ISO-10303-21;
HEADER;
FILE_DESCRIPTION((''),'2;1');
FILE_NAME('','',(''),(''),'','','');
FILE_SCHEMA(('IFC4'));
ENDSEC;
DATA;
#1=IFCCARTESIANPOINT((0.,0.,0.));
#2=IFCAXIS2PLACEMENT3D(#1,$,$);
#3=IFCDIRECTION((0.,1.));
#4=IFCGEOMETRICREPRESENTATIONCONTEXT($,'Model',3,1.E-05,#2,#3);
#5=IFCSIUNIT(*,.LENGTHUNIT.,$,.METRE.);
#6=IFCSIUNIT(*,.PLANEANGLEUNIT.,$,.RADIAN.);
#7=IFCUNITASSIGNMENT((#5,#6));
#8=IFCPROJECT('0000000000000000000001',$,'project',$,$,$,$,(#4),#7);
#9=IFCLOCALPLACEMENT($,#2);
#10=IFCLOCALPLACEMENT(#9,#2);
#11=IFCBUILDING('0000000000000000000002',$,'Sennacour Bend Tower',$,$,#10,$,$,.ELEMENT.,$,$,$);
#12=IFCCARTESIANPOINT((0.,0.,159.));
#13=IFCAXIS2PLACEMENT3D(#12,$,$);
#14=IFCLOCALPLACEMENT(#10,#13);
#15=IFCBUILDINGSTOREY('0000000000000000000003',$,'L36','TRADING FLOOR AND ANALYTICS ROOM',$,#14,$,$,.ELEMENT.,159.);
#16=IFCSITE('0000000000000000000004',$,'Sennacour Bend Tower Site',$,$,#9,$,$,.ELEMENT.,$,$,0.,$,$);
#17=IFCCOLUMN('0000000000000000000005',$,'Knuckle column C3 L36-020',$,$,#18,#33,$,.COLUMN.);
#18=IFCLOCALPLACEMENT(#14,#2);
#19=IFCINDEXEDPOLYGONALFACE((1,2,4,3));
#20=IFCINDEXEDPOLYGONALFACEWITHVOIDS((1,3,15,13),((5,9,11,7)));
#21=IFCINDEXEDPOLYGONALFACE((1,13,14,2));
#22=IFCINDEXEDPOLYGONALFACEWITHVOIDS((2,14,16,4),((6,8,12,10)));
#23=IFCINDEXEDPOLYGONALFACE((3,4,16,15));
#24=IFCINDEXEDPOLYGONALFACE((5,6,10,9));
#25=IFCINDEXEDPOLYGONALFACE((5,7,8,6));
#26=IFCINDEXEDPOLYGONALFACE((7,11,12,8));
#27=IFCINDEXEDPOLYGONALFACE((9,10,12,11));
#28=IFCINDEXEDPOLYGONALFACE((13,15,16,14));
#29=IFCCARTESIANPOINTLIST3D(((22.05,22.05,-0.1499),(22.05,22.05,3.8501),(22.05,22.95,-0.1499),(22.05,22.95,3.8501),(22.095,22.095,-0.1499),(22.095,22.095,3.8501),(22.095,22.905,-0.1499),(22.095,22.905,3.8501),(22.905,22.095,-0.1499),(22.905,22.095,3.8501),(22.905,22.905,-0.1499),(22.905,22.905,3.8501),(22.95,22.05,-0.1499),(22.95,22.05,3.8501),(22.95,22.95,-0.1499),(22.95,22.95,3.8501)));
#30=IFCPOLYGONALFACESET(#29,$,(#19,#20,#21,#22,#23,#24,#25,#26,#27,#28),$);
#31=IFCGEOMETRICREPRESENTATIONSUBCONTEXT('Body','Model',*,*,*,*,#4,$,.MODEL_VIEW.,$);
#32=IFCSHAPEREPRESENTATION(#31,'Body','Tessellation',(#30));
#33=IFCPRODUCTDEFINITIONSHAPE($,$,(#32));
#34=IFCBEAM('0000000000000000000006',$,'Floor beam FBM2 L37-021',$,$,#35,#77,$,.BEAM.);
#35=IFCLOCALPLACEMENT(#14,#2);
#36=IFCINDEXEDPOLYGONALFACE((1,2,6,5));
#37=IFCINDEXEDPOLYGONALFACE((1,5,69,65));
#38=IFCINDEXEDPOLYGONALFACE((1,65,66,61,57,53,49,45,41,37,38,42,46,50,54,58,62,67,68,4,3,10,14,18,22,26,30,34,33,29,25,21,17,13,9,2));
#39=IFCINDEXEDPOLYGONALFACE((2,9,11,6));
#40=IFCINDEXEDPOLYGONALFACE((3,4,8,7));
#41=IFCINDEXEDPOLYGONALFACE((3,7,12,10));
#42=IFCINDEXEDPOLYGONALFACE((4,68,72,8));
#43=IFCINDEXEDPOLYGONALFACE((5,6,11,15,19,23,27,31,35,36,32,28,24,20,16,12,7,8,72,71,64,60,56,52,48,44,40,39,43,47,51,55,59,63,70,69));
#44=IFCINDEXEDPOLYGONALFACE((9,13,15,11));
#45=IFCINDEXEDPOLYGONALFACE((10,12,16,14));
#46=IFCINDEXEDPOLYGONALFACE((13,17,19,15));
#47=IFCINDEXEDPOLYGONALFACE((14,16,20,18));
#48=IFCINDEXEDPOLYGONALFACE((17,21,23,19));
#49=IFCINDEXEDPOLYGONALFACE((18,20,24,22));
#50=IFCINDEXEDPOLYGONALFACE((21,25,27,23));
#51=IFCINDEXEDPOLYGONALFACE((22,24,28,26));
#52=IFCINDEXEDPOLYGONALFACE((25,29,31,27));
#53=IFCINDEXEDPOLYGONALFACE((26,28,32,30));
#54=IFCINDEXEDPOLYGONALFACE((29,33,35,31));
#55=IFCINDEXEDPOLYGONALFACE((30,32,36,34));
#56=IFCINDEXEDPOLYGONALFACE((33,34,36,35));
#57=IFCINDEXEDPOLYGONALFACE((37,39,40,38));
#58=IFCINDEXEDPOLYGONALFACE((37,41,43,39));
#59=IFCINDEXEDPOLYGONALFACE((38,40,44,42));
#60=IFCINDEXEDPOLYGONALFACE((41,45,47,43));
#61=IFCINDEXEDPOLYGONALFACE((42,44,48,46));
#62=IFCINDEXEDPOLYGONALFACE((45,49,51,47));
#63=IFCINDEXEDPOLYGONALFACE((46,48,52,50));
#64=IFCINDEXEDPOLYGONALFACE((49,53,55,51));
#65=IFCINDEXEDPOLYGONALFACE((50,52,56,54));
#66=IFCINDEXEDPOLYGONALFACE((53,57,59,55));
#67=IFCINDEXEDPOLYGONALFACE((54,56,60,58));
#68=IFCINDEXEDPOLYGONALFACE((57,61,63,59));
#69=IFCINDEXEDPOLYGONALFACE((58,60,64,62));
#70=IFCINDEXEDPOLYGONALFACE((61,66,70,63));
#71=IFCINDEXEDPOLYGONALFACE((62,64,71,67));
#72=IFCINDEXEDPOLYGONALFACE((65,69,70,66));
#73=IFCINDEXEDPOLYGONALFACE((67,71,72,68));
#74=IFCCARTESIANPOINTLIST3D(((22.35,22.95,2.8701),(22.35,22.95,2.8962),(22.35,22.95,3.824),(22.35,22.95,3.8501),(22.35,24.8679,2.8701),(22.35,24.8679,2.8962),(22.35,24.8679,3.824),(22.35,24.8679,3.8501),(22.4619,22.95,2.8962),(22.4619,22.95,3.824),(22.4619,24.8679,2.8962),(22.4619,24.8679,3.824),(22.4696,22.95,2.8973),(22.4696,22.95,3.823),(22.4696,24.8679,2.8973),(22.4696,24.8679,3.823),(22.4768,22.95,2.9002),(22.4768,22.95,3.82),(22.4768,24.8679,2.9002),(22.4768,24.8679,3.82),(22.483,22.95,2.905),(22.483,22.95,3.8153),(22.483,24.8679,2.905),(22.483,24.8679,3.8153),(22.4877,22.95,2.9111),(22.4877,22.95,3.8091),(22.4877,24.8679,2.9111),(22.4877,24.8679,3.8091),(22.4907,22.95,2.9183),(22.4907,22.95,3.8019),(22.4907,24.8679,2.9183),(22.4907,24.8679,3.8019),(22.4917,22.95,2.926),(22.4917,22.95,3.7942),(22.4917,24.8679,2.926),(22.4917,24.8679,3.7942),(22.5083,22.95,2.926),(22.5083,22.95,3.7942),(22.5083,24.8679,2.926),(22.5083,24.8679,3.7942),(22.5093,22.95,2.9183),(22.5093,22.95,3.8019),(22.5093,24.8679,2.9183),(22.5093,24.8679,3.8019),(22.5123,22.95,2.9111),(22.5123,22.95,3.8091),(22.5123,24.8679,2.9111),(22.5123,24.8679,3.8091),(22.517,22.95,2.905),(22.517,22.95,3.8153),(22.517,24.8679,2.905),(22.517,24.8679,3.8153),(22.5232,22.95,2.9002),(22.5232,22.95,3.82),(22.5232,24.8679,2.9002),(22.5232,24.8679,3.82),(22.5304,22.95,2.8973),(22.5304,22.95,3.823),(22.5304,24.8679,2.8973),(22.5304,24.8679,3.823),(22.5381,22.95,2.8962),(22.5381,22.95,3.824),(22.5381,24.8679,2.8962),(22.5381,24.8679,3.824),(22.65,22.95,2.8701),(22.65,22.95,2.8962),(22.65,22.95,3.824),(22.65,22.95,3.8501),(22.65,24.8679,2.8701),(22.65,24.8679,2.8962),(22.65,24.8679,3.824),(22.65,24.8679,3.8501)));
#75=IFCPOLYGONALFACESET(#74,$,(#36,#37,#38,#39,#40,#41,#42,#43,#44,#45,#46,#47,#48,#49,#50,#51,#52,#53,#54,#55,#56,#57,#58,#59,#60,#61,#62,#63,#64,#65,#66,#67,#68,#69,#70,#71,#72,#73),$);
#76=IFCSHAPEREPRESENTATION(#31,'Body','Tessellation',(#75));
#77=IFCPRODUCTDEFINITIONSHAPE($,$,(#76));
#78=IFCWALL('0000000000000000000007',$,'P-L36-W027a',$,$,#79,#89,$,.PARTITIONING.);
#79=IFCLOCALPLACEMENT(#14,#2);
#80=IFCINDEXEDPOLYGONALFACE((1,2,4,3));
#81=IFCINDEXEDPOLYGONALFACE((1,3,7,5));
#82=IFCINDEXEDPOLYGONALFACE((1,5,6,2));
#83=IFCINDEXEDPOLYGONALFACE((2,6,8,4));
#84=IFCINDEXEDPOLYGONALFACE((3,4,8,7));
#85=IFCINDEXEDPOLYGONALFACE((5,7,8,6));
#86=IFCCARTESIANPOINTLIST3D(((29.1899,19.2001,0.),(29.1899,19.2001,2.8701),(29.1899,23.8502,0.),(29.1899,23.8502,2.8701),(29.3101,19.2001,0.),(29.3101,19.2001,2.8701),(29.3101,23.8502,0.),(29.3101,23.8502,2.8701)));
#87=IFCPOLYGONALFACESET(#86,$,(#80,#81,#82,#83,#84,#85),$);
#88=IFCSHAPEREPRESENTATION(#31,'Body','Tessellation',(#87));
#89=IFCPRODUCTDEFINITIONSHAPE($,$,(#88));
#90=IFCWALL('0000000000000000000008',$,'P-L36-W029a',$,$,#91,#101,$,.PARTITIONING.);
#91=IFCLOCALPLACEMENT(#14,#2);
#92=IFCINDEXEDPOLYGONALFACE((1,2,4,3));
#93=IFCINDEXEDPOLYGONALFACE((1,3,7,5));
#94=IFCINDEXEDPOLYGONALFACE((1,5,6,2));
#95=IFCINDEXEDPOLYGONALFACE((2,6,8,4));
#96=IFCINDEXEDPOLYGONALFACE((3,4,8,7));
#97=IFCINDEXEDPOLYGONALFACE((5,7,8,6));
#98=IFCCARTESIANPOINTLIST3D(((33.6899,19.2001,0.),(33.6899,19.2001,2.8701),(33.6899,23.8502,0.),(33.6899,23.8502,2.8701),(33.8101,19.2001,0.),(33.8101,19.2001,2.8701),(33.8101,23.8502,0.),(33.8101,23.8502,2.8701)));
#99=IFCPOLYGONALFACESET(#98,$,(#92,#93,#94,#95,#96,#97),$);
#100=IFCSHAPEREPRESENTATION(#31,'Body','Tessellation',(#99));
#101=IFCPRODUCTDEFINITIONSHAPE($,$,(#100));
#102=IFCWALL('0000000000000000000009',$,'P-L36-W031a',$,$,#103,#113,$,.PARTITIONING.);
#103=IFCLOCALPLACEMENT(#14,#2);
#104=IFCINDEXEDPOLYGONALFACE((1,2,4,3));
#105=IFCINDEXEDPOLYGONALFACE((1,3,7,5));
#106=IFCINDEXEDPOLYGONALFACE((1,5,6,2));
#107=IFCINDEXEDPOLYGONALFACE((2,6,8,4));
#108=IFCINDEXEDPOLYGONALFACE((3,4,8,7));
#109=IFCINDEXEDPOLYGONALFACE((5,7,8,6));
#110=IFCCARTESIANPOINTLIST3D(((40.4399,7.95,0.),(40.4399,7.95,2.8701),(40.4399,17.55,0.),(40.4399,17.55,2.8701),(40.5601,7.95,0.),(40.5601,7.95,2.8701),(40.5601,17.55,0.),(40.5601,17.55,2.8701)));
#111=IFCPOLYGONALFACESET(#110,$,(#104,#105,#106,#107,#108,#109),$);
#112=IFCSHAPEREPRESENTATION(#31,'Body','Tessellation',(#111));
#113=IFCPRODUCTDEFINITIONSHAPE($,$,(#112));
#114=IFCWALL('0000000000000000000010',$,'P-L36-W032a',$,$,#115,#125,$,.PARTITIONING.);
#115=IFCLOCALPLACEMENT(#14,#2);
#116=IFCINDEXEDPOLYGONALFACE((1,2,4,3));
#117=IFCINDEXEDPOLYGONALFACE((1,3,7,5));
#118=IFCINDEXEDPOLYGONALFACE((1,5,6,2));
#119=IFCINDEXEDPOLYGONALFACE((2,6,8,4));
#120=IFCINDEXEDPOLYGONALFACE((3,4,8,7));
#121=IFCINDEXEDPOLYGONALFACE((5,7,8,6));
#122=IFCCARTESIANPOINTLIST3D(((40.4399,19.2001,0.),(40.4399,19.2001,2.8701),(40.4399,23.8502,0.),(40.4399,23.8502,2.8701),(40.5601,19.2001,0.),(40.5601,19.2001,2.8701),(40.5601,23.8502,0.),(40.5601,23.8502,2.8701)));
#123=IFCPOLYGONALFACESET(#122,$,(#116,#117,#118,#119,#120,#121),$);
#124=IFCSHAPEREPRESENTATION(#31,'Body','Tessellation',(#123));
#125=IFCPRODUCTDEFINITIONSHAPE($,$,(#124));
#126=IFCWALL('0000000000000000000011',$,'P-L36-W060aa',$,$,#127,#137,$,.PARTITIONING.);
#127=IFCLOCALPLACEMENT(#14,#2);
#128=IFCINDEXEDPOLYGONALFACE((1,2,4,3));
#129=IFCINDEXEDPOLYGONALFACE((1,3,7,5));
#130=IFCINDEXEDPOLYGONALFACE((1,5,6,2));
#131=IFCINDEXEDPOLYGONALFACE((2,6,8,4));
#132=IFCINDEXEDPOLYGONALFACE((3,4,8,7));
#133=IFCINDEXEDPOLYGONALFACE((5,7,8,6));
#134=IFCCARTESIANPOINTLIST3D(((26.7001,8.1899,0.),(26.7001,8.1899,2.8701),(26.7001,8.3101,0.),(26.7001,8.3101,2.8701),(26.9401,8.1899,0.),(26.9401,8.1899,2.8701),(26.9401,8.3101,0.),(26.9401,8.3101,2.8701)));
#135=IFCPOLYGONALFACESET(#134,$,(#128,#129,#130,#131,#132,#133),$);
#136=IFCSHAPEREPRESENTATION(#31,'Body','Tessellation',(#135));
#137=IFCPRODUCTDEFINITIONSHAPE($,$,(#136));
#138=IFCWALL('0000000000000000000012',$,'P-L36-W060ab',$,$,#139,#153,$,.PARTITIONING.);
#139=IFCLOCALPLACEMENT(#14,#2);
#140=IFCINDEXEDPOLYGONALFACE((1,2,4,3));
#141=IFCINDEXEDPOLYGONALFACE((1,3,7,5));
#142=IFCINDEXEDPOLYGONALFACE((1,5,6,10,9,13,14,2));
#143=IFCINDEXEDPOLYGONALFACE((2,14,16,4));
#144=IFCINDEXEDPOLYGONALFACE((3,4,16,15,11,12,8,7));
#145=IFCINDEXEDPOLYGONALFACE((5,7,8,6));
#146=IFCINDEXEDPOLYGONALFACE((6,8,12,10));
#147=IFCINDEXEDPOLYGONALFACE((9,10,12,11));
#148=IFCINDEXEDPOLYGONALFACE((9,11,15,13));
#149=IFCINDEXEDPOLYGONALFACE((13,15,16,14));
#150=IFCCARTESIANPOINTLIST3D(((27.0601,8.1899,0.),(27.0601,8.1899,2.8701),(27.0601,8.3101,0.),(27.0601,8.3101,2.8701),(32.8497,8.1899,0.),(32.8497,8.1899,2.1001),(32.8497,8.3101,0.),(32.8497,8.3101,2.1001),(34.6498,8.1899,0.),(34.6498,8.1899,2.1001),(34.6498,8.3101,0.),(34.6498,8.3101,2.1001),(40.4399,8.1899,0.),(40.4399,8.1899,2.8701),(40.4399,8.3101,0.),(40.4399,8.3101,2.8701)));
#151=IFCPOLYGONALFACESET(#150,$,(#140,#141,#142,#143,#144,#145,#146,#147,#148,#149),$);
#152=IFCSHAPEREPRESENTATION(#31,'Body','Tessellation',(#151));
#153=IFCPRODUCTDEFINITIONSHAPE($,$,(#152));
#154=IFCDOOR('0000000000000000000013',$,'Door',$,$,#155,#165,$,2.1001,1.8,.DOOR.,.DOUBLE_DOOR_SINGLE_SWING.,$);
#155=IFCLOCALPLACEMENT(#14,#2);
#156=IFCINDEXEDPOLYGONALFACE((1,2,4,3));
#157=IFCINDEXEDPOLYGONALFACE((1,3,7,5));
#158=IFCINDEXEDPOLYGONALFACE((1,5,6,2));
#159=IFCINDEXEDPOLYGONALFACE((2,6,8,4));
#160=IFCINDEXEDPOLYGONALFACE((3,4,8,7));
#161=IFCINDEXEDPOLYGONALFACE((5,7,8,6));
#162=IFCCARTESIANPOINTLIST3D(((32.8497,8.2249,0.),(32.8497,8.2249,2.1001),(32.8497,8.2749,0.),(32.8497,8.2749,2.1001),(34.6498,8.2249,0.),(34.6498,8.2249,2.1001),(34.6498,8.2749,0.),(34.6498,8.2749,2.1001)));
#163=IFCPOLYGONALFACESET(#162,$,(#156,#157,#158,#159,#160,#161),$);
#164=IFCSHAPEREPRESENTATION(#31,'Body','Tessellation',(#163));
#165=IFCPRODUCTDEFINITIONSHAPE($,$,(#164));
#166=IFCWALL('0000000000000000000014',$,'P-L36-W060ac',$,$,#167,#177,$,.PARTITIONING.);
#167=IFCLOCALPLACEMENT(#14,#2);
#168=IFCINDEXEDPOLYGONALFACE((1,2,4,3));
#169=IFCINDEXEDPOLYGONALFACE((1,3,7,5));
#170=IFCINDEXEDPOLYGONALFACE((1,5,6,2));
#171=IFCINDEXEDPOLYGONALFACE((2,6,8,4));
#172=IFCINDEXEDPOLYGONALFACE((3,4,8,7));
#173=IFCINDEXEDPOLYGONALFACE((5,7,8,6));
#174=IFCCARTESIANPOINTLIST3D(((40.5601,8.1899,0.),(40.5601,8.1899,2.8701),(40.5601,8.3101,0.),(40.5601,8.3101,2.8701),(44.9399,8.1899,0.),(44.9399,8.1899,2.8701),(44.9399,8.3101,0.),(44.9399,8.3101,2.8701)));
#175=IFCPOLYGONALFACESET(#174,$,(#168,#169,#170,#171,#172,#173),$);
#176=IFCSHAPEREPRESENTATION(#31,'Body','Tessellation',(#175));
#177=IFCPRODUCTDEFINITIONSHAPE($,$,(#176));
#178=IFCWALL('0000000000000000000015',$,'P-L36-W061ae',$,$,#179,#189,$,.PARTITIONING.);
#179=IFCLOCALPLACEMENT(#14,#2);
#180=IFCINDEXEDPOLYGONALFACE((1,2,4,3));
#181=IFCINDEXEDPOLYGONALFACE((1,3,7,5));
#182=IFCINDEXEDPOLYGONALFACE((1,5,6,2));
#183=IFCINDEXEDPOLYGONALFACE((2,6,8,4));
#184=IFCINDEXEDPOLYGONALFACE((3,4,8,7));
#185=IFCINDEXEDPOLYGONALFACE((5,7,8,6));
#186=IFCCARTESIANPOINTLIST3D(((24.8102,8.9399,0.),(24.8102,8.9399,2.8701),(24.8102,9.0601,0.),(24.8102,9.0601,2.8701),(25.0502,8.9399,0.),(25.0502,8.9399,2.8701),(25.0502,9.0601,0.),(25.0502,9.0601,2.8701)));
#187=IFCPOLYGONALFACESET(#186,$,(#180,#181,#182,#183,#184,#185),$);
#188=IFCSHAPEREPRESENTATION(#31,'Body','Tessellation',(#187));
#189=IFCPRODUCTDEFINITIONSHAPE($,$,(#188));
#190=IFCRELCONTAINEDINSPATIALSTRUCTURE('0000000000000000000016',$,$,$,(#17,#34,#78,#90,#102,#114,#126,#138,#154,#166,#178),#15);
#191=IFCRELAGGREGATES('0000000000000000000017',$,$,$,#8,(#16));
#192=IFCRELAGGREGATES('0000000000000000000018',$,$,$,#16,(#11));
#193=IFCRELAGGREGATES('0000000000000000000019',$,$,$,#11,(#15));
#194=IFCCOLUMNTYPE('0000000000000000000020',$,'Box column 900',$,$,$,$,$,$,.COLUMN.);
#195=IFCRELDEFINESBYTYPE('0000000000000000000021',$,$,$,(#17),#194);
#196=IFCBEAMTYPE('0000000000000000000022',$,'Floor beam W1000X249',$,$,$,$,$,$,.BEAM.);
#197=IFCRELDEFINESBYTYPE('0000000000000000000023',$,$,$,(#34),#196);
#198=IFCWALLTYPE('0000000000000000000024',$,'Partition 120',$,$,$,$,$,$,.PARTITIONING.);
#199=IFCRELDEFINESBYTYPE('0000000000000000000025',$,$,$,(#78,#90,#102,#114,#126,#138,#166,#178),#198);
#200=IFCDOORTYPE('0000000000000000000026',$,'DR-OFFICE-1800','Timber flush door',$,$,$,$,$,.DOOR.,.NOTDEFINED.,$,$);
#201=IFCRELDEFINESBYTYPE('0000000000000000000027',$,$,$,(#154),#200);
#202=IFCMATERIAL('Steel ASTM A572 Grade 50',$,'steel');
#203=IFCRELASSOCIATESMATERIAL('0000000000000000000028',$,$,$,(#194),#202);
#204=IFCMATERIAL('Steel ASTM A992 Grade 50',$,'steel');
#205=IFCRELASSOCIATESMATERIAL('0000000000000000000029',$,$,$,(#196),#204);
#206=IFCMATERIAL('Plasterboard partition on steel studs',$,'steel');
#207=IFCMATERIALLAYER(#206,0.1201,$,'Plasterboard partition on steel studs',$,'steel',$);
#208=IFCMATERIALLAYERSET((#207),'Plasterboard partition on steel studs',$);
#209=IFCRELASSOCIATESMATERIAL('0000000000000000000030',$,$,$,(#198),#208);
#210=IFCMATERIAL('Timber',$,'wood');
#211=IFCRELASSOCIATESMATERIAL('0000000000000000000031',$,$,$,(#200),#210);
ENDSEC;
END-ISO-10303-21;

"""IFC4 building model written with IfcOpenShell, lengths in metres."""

from ifc_helpers import new_model, si_unit, direction, frame, frame_2d, origin, origin_2d, place, context, subcontext, project, spatial, rectangle, hollow_rectangle, i_section, extrude, material, layer, layer_set, material_profile, profile_set, type_object, element, fill, save


model = new_model("IFC4")

# Units and contexts
model_context = context("Model", 3, precision=1e-05, world=origin(), true_north=direction((0.0, 1.0)))
body_context = subcontext(model_context, "Body", "Model", "MODEL_VIEW")
ifc_project = project(units=[si_unit("LENGTHUNIT", "METRE"), si_unit("PLANEANGLEUNIT", "RADIAN")], contexts=[model_context])

# Site, building, storey
site_placement = place(None, origin())
site = spatial("IfcSite", under=ifc_project, at=site_placement, Name="Sennacour Bend Tower Site", CompositionType="ELEMENT", RefElevation=0.0)
building_placement = place(site_placement, origin())
building = spatial("IfcBuilding", under=site, at=building_placement, Name="Sennacour Bend Tower", CompositionType="ELEMENT")
storey_placement = place(building_placement, frame((0.0, 0.0, 159.0)))
storey = spatial("IfcBuildingStorey", under=building, at=storey_placement, Name="L36", Description="TRADING FLOOR AND ANALYTICS ROOM", CompositionType="ELEMENT", Elevation=159.0)

# Column
ifc_material_1 = material(Name="Steel ASTM A572 Grade 50", Category="steel")
ifc_material_profile_1 = material_profile(ifc_material_1, hollow_rectangle(XDim=0.8999, YDim=0.8999, WallThickness=0.0449, at=origin_2d()), Name="Steel ASTM A572 Grade 50", Category="steel")
ifc_profile_set_1 = profile_set([ifc_material_profile_1], Name="Steel ASTM A572 Grade 50")
column_type = type_object("IfcColumnType", Name="Box column 900", PredefinedType="COLUMN", material=ifc_profile_set_1)
column_placement = place(storey_placement, frame((22.5, 22.5, -0.1499), z_axis=(0.0, 0.0, 1.0), x_axis=(1.0, 0.0, 0.0)))
element("IfcColumn", 1, at=column_placement, inside=storey, type_object=column_type, Name="Knuckle column C3 L36-020", PredefinedType="COLUMN", context=body_context, shape_type="SweptSolid", body=[
    extrude(hollow_rectangle(XDim=0.8999, YDim=0.8999, WallThickness=0.0449, at=origin_2d()), origin(), (0.0, 0.0, 1.0), 4.0),
])

# Beam
ifc_material_2 = material(Name="Steel ASTM A992 Grade 50", Category="steel")
ifc_material_profile_2 = material_profile(ifc_material_2, i_section(OverallWidth=0.3, OverallDepth=0.98, WebThickness=0.0166, FlangeThickness=0.0261, FilletRadius=0.0298, at=origin_2d()), Name="Steel ASTM A992 Grade 50", Category="steel")
ifc_profile_set_2 = profile_set([ifc_material_profile_2], Name="Steel ASTM A992 Grade 50")
beam_type = type_object("IfcBeamType", Name="Floor beam W1000X249", PredefinedType="BEAM", material=ifc_profile_set_2)
beam_placement = place(storey_placement, frame((22.5, 22.95, 3.3601), z_axis=(0.0, 1.0, 0.0), x_axis=(-1.0, 0.0, 0.0)))
element("IfcBeam", 2, at=beam_placement, inside=storey, type_object=beam_type, Name="Floor beam FBM2 L37-021", PredefinedType="BEAM", context=body_context, shape_type="SweptSolid", body=[
    extrude(i_section(OverallWidth=0.3, OverallDepth=0.98, WebThickness=0.0166, FlangeThickness=0.0261, FilletRadius=0.0298, at=origin_2d()), origin(), (0.0, 0.0, 1.0), 1.918),
])

# Walls
ifc_material_3 = material(Name="Plasterboard partition on steel studs", Category="steel")
ifc_layer = layer(ifc_material_3, 0.1201, Name="Plasterboard partition on steel studs", Category="steel")
ifc_layer_set = layer_set([ifc_layer], Name="Plasterboard partition on steel studs")
wall_type = type_object("IfcWallType", Name="Partition 120", PredefinedType="PARTITIONING", material=ifc_layer_set)
for number, where, z_axis, x_axis, name in (
    (3, (29.25, 19.2, 0.0), (0.0, 0.0, 1.0), (0.0, 1.0, 0.0), "P-L36-W027a"),
    (4, (33.75, 19.2, 0.0), (0.0, 0.0, 1.0), (0.0, 1.0, 0.0), "P-L36-W029a"),
):
    element("IfcWall", number, at=place(storey_placement, frame(where, z_axis=z_axis, x_axis=x_axis)), inside=storey, type_object=wall_type, Name=name, PredefinedType="PARTITIONING", context=body_context, shape_type="SweptSolid", body=[
        extrude(rectangle(XDim=4.6501, YDim=0.1201, at=frame_2d((2.3252, 0.0))), origin(), (0.0, 0.0, 1.0), 2.8701),
    ])
wall_1_placement = place(storey_placement, frame((40.5, 7.95, 0.0), z_axis=(0.0, 0.0, 1.0), x_axis=(0.0, 1.0, 0.0)))
element("IfcWall", 5, at=wall_1_placement, inside=storey, type_object=wall_type, Name="P-L36-W031a", PredefinedType="PARTITIONING", context=body_context, shape_type="SweptSolid", body=[
    extrude(rectangle(XDim=9.6001, YDim=0.1201, at=frame_2d((4.8, 0.0))), origin(), (0.0, 0.0, 1.0), 2.8701),
])
wall_2_placement = place(storey_placement, frame((40.5, 19.2, 0.0), z_axis=(0.0, 0.0, 1.0), x_axis=(0.0, 1.0, 0.0)))
element("IfcWall", 6, at=wall_2_placement, inside=storey, type_object=wall_type, Name="P-L36-W032a", PredefinedType="PARTITIONING", context=body_context, shape_type="SweptSolid", body=[
    extrude(rectangle(XDim=4.6501, YDim=0.1201, at=frame_2d((2.3252, 0.0))), origin(), (0.0, 0.0, 1.0), 2.8701),
])
wall_3_placement = place(storey_placement, frame((26.7, 8.25, 0.0), z_axis=(0.0, 0.0, 1.0), x_axis=(1.0, 0.0, 0.0)))
element("IfcWall", 7, at=wall_3_placement, inside=storey, type_object=wall_type, Name="P-L36-W060aa", PredefinedType="PARTITIONING", context=body_context, shape_type="SweptSolid", body=[
    extrude(rectangle(XDim=0.24, YDim=0.1201, at=frame_2d((0.1201, 0.0))), origin(), (0.0, 0.0, 1.0), 2.8701),
])

# Wall, opening, door
wall_4_placement = place(storey_placement, frame((27.0601, 8.25, 0.0), z_axis=(0.0, 0.0, 1.0), x_axis=(1.0, 0.0, 0.0)))
wall_4 = element("IfcWall", 8, at=wall_4_placement, inside=storey, type_object=wall_type, Name="P-L36-W060ab", PredefinedType="PARTITIONING", context=body_context, shape_type="SweptSolid", body=[
    extrude(rectangle(XDim=13.3799, YDim=0.1201, at=frame_2d((6.6899, 0.0))), origin(), (0.0, 0.0, 1.0), 2.8701),
])
opening_1_placement = place(wall_4_placement, frame((5.7898, 0.0, 0.0)))
opening_1 = element("IfcOpeningElement", 9, at=opening_1_placement, cuts=wall_4, PredefinedType="OPENING", context=body_context, shape_type="SweptSolid", body=[
    extrude(rectangle(XDim=1.8, YDim=2.1001, at=frame_2d((0.8999, 1.05))), frame((0.0, 0.0701, 0.0), z_axis=(0.0, -1.0, 0.0), x_axis=(1.0, 0.0, 0.0)), (0.0, 0.0, 1.0), 0.1401),
])
ifc_material_4 = material(Name="Timber", Category="wood")
door_type_1 = type_object("IfcDoorType", Name="DR-OFFICE-1800", Description="Timber flush door", OperationType="NOTDEFINED", PredefinedType="DOOR", material=ifc_material_4)
door_1_placement = place(opening_1_placement, origin())
door_1 = element("IfcDoor", 10, at=door_1_placement, inside=storey, type_object=door_type_1, Name="Door", OperationType="DOUBLE_DOOR_SINGLE_SWING", OverallHeight=2.1001, OverallWidth=1.8, PredefinedType="DOOR", context=body_context, shape_type="SweptSolid", body=[
    extrude(rectangle(XDim=1.8, YDim=2.1001, at=frame_2d((0.8999, 1.05))), frame((0.0, 0.0249, 0.0), z_axis=(0.0, -1.0, 0.0), x_axis=(1.0, 0.0, 0.0)), (0.0, 0.0, 1.0), 0.05),
])
fill(opening_1, door_1)

# Walls
wall_5_placement = place(storey_placement, frame((40.5601, 8.25, 0.0), z_axis=(0.0, 0.0, 1.0), x_axis=(1.0, 0.0, 0.0)))
element("IfcWall", 11, at=wall_5_placement, inside=storey, type_object=wall_type, Name="P-L36-W060ac", PredefinedType="PARTITIONING", context=body_context, shape_type="SweptSolid", body=[
    extrude(rectangle(XDim=4.3799, YDim=0.1201, at=frame_2d((2.1899, 0.0))), origin(), (0.0, 0.0, 1.0), 2.8701),
])
for number, where, z_axis, x_axis, name in (
    (12, (24.8101, 9.0, 0.0), (0.0, 0.0, 1.0), (1.0, 0.0, 0.0), "P-L36-W061ae"),
):
    element("IfcWall", number, at=place(storey_placement, frame(where, z_axis=z_axis, x_axis=x_axis)), inside=storey, type_object=wall_type, Name=name, PredefinedType="PARTITIONING", context=body_context, shape_type="SweptSolid", body=[
        extrude(rectangle(XDim=0.24, YDim=0.1201, at=frame_2d((0.1201, 0.0))), origin(), (0.0, 0.0, 1.0), 2.8701),
    ])

save(model, "model.ifc")
